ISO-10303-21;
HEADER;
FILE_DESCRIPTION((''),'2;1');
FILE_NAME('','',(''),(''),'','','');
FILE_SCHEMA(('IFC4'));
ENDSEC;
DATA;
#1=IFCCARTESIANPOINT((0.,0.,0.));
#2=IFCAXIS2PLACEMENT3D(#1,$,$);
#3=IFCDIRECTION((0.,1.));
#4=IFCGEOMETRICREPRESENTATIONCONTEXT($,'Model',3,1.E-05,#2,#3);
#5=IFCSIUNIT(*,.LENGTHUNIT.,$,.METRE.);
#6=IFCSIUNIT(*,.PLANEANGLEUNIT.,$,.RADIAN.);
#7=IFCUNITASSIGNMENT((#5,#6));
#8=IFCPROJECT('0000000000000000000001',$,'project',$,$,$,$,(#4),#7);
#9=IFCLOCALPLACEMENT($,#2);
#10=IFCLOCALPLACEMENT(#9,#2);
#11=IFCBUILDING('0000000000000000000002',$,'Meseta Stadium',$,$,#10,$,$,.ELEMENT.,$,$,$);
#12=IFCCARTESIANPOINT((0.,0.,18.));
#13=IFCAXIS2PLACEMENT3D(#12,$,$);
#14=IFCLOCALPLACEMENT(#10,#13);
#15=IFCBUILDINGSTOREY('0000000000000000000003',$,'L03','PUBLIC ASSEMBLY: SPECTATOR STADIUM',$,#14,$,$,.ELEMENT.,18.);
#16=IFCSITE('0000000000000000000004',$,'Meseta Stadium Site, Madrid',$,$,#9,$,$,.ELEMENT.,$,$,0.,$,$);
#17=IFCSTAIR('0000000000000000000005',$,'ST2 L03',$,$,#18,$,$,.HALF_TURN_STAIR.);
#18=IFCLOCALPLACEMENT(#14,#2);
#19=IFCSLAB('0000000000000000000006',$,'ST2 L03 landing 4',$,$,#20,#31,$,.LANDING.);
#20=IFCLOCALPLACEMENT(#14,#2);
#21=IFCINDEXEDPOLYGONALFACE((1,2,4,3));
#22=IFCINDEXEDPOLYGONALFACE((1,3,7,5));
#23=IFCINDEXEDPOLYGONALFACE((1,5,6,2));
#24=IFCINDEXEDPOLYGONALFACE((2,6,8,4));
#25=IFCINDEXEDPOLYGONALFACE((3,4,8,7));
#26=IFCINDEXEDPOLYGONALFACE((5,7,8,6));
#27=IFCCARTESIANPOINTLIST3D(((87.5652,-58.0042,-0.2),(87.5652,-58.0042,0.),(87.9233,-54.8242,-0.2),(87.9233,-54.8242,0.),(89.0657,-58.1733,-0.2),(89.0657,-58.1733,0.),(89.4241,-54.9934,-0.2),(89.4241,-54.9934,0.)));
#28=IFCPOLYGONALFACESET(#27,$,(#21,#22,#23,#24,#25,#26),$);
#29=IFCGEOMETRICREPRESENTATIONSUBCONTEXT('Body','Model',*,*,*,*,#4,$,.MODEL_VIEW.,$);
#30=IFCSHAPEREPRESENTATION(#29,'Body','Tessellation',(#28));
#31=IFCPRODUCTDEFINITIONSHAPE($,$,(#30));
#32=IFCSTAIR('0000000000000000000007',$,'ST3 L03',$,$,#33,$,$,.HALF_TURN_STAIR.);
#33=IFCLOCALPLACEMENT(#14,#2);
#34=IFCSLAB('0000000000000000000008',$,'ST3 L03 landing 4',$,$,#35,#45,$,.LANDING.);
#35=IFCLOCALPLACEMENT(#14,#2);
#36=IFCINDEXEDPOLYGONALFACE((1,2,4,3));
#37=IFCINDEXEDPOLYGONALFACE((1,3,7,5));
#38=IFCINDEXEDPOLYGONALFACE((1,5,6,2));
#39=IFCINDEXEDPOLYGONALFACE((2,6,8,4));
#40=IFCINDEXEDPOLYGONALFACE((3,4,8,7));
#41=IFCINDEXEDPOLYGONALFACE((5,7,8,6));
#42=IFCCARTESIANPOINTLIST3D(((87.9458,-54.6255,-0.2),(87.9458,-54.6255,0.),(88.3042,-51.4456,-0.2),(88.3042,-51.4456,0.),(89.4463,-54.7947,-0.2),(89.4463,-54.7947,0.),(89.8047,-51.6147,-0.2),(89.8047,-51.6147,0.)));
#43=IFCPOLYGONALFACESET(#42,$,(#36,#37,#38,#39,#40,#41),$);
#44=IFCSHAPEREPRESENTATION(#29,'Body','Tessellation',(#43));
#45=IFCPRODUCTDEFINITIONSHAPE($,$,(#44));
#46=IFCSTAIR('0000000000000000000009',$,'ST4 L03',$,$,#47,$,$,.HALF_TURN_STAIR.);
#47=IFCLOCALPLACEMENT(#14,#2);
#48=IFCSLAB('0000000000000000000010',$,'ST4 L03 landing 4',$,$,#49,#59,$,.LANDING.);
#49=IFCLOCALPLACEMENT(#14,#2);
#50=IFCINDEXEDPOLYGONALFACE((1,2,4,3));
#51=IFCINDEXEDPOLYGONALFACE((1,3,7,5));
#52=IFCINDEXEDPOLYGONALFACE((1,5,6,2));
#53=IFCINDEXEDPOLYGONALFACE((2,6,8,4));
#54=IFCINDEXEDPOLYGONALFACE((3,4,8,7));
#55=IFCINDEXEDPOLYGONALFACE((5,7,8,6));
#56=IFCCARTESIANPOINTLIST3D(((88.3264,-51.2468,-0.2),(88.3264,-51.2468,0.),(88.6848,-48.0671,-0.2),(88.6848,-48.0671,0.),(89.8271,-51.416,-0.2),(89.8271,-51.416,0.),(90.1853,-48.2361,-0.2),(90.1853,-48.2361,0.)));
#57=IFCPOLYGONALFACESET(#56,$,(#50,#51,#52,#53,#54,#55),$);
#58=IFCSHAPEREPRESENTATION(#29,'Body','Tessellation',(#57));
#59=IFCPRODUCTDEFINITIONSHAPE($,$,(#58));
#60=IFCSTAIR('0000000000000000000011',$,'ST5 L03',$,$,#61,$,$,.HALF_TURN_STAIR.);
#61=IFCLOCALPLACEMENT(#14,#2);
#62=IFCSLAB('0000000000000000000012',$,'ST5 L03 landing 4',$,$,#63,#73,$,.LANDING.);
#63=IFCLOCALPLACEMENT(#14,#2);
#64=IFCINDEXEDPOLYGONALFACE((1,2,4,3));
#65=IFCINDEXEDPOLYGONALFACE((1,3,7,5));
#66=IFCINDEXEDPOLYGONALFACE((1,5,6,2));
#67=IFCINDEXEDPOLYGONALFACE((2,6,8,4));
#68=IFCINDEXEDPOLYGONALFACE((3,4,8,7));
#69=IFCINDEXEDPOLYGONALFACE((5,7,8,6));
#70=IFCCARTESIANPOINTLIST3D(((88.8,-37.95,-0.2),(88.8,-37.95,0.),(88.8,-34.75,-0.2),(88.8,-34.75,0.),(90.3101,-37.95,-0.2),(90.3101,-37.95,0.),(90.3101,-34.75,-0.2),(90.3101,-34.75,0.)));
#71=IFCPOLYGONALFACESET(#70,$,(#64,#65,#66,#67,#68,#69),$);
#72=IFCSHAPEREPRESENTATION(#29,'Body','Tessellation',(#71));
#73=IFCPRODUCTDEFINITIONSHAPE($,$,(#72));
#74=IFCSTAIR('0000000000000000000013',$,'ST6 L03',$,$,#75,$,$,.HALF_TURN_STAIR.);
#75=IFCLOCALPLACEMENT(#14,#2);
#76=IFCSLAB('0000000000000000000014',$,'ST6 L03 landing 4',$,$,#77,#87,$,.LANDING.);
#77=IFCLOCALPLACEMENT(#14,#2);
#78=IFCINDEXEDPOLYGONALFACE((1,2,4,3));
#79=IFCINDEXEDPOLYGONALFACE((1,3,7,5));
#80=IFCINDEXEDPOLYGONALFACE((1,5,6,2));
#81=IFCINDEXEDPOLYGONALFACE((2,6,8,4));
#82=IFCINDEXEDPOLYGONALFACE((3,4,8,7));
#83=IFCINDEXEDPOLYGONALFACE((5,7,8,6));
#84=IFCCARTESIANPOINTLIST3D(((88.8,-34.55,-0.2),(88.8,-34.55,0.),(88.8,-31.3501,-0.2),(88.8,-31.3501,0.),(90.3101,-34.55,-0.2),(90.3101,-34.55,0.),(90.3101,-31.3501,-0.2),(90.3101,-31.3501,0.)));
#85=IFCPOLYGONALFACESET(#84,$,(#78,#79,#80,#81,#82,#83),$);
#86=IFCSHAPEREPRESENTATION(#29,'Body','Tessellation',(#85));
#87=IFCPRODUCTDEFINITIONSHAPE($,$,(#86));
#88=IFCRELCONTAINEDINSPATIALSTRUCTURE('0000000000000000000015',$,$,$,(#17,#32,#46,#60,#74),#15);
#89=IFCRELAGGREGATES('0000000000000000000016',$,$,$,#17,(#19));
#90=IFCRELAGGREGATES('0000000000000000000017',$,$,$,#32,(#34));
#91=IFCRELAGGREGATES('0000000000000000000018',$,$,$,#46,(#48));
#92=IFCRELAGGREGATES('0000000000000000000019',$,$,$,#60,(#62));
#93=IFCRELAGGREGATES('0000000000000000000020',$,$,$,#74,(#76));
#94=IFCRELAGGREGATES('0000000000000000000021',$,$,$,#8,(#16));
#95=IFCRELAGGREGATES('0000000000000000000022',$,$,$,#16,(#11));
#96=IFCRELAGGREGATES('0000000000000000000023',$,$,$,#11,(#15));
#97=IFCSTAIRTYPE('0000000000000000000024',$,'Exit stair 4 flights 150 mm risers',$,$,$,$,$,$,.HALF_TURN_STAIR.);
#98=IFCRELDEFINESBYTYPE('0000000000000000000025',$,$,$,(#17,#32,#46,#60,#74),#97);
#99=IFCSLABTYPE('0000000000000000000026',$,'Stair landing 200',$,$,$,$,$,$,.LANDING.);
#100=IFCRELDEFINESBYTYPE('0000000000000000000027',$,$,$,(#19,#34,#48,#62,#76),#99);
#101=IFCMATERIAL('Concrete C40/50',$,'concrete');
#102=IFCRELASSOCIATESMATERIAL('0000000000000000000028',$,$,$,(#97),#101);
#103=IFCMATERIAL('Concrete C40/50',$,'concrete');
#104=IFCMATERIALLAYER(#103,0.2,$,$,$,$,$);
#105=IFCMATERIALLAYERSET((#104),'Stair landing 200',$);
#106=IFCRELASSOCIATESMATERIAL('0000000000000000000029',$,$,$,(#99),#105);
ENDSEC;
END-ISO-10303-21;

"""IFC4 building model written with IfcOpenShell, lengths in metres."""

from ifc_helpers import new_model, si_unit, direction, frame, origin, place, context, subcontext, project, spatial, polyline, outline, extrude, material, layer, layer_set, type_object, element, aggregate, save


model = new_model("IFC4")

# Units and contexts
model_context = context("Model", 3, precision=1e-05, world=origin(), true_north=direction((0.0, 1.0)))
body_context = subcontext(model_context, "Body", "Model", "MODEL_VIEW")
ifc_project = project(units=[si_unit("LENGTHUNIT", "METRE"), si_unit("PLANEANGLEUNIT", "RADIAN")], contexts=[model_context])

# Site, building, storey
site_placement = place(None, origin())
site = spatial("IfcSite", under=ifc_project, at=site_placement, Name="Meseta Stadium Site, Madrid", CompositionType="ELEMENT", RefElevation=0.0)
building_placement = place(site_placement, origin())
building = spatial("IfcBuilding", under=site, at=building_placement, Name="Meseta Stadium", CompositionType="ELEMENT")
storey_placement = place(building_placement, frame((0.0, 0.0, 18.0)))
storey = spatial("IfcBuildingStorey", under=building, at=storey_placement, Name="L03", Description="PUBLIC ASSEMBLY: SPECTATOR STADIUM", CompositionType="ELEMENT", Elevation=18.0)

# Stairs, slabs
ifc_material_1 = material(Name="Concrete C40/50", Category="concrete")
stair_type = type_object("IfcStairType", Name="Exit stair 4 flights 150 mm risers", PredefinedType="HALF_TURN_STAIR", material=ifc_material_1)
ifc_material_2 = material(Name="Concrete C40/50", Category="concrete")
ifc_layer_1 = layer(ifc_material_2, 0.2)
ifc_layer_set_1 = layer_set([ifc_layer_1], Name="Stair landing 200")
slab_type_1 = type_object("IfcSlabType", Name="Stair landing 200", PredefinedType="LANDING", material=ifc_layer_set_1)
stair_1_placement = place(storey_placement, origin())
stair_1 = element("IfcStair", 1, at=stair_1_placement, inside=storey, type_object=stair_type, Name="ST2 L03", PredefinedType="HALF_TURN_STAIR")
slab_1_placement = place(storey_placement, frame((0.0, 0.0, -0.2)))
slab_1 = element("IfcSlab", 2, at=slab_1_placement, type_object=slab_type_1, Name="ST2 L03 landing 4", PredefinedType="LANDING", context=body_context, shape_type="SweptSolid", body=[
    extrude(outline(polyline([(87.5652, -58.0042), (89.0657, -58.1733), (89.4241, -54.9934), (87.9233, -54.8242), (87.5652, -58.0042)])), origin(), (0.0, 0.0, 1.0), 0.2),
])
aggregate(stair_1, [slab_1])
stair_2_placement = place(storey_placement, origin())
stair_2 = element("IfcStair", 3, at=stair_2_placement, inside=storey, type_object=stair_type, Name="ST3 L03", PredefinedType="HALF_TURN_STAIR")
slab_2_placement = place(storey_placement, frame((0.0, 0.0, -0.2)))
slab_2 = element("IfcSlab", 4, at=slab_2_placement, type_object=slab_type_1, Name="ST3 L03 landing 4", PredefinedType="LANDING", context=body_context, shape_type="SweptSolid", body=[
    extrude(outline(polyline([(87.9458, -54.6255), (89.4463, -54.7947), (89.8047, -51.6147), (88.3042, -51.4456), (87.9458, -54.6255)])), origin(), (0.0, 0.0, 1.0), 0.2),
])
aggregate(stair_2, [slab_2])
stair_3_placement = place(storey_placement, origin())
stair_3 = element("IfcStair", 5, at=stair_3_placement, inside=storey, type_object=stair_type, Name="ST4 L03", PredefinedType="HALF_TURN_STAIR")
slab_3_placement = place(storey_placement, frame((0.0, 0.0, -0.2)))
slab_3 = element("IfcSlab", 6, at=slab_3_placement, type_object=slab_type_1, Name="ST4 L03 landing 4", PredefinedType="LANDING", context=body_context, shape_type="SweptSolid", body=[
    extrude(outline(polyline([(88.3264, -51.2468), (89.8271, -51.416), (90.1853, -48.2361), (88.6848, -48.0671), (88.3264, -51.2468)])), origin(), (0.0, 0.0, 1.0), 0.2),
])
aggregate(stair_3, [slab_3])
stair_4_placement = place(storey_placement, origin())
stair_4 = element("IfcStair", 7, at=stair_4_placement, inside=storey, type_object=stair_type, Name="ST5 L03", PredefinedType="HALF_TURN_STAIR")
slab_4_placement = place(storey_placement, frame((0.0, 0.0, -0.2)))
slab_4 = element("IfcSlab", 8, at=slab_4_placement, type_object=slab_type_1, Name="ST5 L03 landing 4", PredefinedType="LANDING", context=body_context, shape_type="SweptSolid", body=[
    extrude(outline(polyline([(88.8, -37.95), (90.3101, -37.95), (90.3101, -34.75), (88.8, -34.75), (88.8, -37.95)])), origin(), (0.0, 0.0, 1.0), 0.2),
])
aggregate(stair_4, [slab_4])
stair_5_placement = place(storey_placement, origin())
stair_5 = element("IfcStair", 9, at=stair_5_placement, inside=storey, type_object=stair_type, Name="ST6 L03", PredefinedType="HALF_TURN_STAIR")
slab_5_placement = place(storey_placement, frame((0.0, 0.0, -0.2)))
slab_5 = element("IfcSlab", 10, at=slab_5_placement, type_object=slab_type_1, Name="ST6 L03 landing 4", PredefinedType="LANDING", context=body_context, shape_type="SweptSolid", body=[
    extrude(outline(polyline([(88.8, -34.55), (90.3101, -34.55), (90.3101, -31.3501), (88.8, -31.3501), (88.8, -34.55)])), origin(), (0.0, 0.0, 1.0), 0.2),
])
aggregate(stair_5, [slab_5])

save(model, "model.ifc")
